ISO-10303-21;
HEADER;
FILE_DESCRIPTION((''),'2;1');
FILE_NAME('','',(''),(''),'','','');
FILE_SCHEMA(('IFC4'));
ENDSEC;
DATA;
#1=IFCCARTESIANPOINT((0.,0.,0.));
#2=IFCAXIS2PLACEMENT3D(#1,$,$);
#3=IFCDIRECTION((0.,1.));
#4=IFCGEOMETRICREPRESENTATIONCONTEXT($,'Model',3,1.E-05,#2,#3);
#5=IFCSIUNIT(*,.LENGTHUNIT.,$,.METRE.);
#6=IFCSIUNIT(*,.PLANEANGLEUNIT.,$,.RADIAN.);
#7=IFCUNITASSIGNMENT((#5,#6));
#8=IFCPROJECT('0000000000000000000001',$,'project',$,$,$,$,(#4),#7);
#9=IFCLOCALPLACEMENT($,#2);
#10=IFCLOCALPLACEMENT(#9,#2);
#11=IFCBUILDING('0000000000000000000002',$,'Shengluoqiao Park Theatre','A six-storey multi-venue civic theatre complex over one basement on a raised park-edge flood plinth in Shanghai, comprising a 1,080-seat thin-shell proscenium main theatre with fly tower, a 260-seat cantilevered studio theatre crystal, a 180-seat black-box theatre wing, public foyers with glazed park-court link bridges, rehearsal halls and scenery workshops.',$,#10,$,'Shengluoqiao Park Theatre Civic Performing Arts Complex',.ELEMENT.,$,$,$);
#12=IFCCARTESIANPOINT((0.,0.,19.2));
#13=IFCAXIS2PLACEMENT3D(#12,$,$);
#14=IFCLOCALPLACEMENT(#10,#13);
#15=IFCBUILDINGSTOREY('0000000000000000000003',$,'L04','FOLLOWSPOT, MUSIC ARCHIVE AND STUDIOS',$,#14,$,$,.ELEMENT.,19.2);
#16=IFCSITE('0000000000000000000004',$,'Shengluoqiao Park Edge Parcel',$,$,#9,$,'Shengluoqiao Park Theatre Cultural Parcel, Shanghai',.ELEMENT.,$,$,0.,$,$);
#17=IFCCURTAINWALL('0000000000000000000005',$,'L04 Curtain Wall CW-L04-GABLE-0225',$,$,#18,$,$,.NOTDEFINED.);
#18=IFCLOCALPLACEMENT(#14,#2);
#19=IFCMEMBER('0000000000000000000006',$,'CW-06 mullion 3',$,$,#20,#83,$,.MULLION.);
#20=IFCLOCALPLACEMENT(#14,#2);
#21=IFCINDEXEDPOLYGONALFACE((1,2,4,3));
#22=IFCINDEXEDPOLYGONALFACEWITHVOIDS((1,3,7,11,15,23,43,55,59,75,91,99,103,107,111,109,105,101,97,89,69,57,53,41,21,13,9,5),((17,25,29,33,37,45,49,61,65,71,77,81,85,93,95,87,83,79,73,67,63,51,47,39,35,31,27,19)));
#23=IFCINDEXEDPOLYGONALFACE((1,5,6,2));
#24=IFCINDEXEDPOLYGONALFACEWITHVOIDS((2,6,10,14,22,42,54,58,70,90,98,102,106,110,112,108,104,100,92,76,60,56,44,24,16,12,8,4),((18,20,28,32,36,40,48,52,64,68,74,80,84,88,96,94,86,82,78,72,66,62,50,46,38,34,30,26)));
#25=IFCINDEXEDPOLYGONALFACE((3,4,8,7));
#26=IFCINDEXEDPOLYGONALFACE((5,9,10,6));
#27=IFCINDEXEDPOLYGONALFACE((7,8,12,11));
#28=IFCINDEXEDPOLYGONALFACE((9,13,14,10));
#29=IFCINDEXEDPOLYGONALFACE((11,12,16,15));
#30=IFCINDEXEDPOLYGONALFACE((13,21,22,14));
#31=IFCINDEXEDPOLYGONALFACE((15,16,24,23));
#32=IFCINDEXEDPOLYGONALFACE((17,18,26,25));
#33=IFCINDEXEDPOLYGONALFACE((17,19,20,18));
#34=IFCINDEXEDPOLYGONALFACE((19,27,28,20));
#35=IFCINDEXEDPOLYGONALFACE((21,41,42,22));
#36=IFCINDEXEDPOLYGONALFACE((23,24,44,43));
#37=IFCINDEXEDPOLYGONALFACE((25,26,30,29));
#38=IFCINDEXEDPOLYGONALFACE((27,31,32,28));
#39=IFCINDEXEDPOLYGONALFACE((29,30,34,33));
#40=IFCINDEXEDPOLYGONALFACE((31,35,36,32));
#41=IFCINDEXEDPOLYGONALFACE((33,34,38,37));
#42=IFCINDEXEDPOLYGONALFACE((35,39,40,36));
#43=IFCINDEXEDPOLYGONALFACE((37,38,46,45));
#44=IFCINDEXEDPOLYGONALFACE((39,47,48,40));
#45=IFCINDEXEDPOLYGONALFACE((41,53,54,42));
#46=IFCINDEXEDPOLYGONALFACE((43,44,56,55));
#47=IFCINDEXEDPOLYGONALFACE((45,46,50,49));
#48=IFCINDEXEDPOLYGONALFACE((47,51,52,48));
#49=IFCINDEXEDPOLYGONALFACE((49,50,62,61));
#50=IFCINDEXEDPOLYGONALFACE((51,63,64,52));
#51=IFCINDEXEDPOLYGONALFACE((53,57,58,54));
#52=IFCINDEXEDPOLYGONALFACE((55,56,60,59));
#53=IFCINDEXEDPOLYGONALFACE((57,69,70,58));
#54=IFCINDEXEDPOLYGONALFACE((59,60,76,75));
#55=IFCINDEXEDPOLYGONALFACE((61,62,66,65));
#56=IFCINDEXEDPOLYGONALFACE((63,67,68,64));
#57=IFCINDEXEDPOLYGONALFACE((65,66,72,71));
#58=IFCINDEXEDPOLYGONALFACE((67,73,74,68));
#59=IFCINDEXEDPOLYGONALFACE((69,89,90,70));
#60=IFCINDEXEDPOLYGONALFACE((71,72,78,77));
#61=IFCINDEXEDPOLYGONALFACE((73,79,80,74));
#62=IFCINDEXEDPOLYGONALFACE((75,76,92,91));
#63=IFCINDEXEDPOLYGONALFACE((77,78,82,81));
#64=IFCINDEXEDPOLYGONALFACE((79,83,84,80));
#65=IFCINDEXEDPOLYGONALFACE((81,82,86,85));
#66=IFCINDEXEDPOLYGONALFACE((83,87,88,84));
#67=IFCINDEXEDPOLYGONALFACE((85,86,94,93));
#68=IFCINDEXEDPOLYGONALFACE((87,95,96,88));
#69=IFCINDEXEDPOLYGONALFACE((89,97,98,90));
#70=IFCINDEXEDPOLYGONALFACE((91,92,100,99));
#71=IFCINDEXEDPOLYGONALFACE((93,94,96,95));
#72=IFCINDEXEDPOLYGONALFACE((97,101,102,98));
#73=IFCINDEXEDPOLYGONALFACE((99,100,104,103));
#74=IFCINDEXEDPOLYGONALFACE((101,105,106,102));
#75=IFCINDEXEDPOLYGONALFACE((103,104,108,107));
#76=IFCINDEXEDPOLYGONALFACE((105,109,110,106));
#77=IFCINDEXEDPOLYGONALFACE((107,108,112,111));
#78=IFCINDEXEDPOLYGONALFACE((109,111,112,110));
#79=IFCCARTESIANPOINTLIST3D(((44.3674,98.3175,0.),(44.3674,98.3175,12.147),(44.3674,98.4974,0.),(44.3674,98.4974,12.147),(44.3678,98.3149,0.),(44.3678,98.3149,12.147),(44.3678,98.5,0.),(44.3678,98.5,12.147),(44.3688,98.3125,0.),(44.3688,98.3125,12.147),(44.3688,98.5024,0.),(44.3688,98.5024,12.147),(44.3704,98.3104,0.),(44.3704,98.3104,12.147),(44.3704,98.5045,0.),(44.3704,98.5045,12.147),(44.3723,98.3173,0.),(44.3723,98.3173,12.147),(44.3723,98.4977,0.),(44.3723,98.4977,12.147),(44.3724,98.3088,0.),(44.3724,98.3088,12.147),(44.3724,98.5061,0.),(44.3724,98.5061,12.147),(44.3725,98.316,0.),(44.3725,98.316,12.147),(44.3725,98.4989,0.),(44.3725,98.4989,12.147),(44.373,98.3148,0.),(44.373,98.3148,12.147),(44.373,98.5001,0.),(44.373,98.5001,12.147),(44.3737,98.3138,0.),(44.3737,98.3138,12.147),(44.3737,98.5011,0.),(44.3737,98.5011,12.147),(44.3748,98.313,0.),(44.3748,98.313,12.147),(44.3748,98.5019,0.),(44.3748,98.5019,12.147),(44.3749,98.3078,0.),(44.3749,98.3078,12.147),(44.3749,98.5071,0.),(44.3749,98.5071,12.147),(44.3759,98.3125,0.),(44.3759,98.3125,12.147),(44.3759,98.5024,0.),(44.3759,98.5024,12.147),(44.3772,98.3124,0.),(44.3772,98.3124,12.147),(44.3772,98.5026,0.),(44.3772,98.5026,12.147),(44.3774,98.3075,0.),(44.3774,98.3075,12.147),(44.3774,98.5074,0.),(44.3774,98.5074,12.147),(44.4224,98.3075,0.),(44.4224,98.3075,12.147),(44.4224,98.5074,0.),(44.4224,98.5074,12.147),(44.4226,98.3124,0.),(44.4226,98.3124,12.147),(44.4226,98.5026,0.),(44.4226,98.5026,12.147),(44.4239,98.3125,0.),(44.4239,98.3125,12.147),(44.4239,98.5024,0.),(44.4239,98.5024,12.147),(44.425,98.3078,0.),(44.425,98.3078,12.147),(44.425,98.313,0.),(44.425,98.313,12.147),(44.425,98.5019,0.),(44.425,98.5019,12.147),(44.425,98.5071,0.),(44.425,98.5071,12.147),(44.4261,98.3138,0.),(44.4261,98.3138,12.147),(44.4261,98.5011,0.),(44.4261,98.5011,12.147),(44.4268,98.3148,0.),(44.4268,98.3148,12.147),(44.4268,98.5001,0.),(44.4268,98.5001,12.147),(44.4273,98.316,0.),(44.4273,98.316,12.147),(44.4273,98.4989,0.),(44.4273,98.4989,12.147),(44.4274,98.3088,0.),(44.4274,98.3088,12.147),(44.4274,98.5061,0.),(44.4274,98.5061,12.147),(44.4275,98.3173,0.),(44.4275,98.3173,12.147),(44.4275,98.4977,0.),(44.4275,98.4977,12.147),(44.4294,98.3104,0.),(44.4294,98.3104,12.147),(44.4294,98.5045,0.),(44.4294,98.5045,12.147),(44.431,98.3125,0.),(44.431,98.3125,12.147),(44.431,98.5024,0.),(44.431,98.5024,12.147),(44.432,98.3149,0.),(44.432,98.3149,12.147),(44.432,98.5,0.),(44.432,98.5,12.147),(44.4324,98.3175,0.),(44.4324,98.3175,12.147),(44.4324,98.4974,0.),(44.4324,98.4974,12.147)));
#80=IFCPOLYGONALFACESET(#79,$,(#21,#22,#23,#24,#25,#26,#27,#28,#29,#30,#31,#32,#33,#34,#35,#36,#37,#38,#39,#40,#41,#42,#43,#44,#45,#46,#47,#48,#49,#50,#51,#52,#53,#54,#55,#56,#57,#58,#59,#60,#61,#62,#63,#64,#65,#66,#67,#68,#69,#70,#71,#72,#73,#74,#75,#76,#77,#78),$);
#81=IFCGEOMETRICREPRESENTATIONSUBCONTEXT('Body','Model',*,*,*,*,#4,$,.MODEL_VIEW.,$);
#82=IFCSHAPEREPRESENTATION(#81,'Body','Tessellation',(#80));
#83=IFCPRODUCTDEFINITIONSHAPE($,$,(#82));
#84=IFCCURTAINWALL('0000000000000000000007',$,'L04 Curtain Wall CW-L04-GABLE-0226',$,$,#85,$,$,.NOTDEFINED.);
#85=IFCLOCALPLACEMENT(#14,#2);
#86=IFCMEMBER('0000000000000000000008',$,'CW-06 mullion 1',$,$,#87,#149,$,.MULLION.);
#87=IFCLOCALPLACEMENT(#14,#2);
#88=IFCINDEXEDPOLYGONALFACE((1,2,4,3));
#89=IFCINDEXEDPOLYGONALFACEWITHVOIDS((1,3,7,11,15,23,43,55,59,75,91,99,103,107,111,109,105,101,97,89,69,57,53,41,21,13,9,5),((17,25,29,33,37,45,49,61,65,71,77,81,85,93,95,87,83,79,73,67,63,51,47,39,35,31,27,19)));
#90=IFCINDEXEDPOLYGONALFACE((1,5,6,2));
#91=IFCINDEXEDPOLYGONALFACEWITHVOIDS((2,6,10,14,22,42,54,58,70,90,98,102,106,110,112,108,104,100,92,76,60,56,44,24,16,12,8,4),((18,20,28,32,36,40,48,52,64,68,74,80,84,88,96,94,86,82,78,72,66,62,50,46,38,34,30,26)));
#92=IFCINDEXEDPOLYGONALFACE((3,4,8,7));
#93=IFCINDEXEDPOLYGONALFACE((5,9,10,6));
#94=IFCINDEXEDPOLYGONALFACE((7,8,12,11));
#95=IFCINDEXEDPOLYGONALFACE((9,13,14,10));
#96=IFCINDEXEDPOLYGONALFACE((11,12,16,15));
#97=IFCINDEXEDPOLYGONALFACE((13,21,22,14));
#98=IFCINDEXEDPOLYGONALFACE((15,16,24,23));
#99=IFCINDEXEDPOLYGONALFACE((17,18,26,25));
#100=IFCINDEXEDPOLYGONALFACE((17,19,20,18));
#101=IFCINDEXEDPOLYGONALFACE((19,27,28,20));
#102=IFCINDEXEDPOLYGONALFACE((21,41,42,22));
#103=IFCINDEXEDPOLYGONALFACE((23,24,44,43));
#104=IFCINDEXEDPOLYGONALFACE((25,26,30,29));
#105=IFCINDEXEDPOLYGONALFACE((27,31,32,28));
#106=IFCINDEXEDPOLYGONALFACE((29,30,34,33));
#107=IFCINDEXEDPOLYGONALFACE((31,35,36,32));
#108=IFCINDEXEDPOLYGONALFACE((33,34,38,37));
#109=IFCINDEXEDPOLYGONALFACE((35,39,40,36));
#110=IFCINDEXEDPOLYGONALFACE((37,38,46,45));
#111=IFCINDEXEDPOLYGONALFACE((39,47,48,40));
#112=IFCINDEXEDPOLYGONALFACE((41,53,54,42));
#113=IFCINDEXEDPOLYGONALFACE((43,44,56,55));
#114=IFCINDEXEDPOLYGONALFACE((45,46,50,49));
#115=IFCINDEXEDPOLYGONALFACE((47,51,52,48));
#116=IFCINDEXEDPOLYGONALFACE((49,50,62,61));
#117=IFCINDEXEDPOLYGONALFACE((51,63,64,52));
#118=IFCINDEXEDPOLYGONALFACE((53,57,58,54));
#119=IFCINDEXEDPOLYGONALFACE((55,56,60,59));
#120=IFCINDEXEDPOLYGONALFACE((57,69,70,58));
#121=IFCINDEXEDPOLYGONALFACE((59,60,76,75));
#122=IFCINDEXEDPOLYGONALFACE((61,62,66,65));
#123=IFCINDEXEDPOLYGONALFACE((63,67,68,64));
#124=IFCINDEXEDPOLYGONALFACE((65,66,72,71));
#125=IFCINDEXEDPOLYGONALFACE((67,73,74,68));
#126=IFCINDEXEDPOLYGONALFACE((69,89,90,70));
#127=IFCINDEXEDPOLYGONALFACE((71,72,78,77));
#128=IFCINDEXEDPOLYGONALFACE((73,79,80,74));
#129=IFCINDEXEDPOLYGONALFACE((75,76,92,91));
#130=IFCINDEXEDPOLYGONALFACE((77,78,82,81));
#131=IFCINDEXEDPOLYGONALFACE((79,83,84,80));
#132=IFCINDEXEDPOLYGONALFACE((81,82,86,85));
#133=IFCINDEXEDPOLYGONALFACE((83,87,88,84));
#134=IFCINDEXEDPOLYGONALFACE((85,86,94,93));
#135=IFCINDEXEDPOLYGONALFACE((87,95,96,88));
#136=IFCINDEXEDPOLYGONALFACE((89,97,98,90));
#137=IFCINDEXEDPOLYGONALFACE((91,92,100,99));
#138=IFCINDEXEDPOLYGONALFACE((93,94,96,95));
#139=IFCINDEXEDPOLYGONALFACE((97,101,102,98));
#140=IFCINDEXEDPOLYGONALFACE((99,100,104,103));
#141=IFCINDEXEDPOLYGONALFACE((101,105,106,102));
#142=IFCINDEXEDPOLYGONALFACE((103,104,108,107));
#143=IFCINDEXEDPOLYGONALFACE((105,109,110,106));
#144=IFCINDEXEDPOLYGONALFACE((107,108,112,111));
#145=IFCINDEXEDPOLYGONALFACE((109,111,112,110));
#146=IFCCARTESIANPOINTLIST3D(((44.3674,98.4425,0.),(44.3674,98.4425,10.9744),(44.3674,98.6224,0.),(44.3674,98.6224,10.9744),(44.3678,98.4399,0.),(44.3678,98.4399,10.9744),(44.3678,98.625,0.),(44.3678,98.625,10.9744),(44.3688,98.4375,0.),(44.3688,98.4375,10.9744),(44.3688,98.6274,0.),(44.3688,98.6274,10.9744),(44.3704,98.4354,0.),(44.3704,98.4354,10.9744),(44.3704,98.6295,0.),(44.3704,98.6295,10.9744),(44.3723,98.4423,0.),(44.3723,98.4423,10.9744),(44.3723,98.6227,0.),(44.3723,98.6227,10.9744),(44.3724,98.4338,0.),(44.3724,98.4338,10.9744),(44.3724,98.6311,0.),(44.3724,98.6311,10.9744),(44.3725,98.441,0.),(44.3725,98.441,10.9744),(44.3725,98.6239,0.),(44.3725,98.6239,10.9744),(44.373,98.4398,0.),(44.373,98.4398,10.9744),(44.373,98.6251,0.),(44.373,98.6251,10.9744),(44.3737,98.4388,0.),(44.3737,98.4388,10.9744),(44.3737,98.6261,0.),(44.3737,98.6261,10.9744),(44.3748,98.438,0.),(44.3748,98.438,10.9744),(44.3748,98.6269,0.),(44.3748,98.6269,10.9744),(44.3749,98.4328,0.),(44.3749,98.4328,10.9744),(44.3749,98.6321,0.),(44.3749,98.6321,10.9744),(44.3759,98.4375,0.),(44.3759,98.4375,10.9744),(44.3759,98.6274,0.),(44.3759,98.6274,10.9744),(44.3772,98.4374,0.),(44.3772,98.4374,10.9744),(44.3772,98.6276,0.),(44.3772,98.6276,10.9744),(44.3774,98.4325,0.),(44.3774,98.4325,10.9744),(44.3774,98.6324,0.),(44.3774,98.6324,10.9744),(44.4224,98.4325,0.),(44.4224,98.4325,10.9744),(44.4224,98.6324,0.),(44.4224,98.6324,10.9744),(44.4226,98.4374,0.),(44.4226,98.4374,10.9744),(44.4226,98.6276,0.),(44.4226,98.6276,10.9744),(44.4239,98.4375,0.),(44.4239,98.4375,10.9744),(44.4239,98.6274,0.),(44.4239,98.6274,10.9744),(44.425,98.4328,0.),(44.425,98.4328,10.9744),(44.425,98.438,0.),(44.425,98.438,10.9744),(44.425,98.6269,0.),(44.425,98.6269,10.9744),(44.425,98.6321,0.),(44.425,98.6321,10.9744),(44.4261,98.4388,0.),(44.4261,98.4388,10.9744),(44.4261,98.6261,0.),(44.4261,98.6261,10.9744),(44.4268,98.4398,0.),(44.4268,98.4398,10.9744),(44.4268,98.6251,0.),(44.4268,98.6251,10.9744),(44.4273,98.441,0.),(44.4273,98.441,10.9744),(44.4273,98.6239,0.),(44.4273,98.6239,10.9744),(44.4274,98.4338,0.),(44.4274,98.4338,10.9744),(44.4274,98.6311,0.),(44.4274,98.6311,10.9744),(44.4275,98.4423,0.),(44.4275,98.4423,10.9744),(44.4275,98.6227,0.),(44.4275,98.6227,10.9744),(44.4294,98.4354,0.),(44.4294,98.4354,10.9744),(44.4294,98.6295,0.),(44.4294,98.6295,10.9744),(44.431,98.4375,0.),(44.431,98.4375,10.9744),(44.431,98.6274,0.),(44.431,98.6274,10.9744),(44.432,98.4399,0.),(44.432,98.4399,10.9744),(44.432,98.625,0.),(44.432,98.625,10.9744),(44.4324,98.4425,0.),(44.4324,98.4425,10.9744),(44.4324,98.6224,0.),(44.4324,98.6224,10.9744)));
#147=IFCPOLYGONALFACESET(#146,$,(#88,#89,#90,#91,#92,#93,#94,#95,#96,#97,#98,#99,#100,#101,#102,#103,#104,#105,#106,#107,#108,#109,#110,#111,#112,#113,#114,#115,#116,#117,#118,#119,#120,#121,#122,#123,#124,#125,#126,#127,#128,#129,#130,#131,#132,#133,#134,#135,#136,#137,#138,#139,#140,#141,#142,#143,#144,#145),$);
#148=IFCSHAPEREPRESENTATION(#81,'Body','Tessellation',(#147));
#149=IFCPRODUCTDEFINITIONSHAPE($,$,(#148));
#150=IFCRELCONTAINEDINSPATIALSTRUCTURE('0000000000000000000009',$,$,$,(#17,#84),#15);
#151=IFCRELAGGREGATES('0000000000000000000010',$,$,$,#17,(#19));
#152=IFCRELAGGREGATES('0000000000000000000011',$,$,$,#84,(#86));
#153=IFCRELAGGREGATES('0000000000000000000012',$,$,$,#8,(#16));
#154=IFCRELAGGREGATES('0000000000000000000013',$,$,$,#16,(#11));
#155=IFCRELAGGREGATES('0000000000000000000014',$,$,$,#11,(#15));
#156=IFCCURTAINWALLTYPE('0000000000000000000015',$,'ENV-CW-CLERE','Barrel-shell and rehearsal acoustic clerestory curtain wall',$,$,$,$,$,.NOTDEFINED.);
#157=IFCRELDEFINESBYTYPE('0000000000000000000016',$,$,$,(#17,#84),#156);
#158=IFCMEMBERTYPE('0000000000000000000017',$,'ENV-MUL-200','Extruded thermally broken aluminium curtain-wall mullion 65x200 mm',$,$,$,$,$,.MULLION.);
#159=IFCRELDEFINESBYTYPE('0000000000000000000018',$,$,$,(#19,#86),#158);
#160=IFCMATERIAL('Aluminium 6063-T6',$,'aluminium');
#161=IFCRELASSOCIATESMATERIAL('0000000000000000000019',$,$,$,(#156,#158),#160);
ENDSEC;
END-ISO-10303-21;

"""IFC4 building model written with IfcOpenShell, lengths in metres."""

from ifc_helpers import new_model, si_unit, direction, frame, origin, origin_2d, place, context, subcontext, project, spatial, hollow_rectangle, extrude, material, material_profile, profile_set, type_object, element, aggregate, save


model = new_model("IFC4")

# Units and contexts
model_context = context("Model", 3, precision=1e-05, world=origin(), true_north=direction((0.0, 1.0)))
body_context = subcontext(model_context, "Body", "Model", "MODEL_VIEW")
ifc_project = project(units=[si_unit("LENGTHUNIT", "METRE"), si_unit("PLANEANGLEUNIT", "RADIAN")], contexts=[model_context])

# Site, building, storey
site_placement = place(None, origin())
site = spatial("IfcSite", under=ifc_project, at=site_placement, Name="Shengluoqiao Park Edge Parcel", LongName="Shengluoqiao Park Theatre Cultural Parcel, Shanghai", CompositionType="ELEMENT", RefElevation=0.0)
building_placement = place(site_placement, origin())
building = spatial("IfcBuilding", under=site, at=building_placement, Name="Shengluoqiao Park Theatre", Description="A six-storey multi-venue civic theatre complex over one basement on a raised park-edge flood plinth in Shanghai, comprising a 1,080-seat thin-shell proscenium main theatre with fly tower, a 260-seat cantilevered studio theatre crystal, a 180-seat black-box theatre wing, public foyers with glazed park-court link bridges, rehearsal halls and scenery workshops.", LongName="Shengluoqiao Park Theatre Civic Performing Arts Complex", CompositionType="ELEMENT")
storey_placement = place(building_placement, frame((0.0, 0.0, 19.2)))
storey = spatial("IfcBuildingStorey", under=building, at=storey_placement, Name="L04", Description="FOLLOWSPOT, MUSIC ARCHIVE AND STUDIOS", CompositionType="ELEMENT", Elevation=19.2)

# Curtain wall, member
ifc_material_1 = material(Name="Aluminium 6063-T6", Category="aluminium")
curtain_wall_type = type_object("IfcCurtainWallType", Name="ENV-CW-CLERE", Description="Barrel-shell and rehearsal acoustic clerestory curtain wall", PredefinedType="NOTDEFINED", material=ifc_material_1)
curtain_wall_1_placement = place(storey_placement, origin())
curtain_wall_1 = element("IfcCurtainWall", 1, at=curtain_wall_1_placement, inside=storey, type_object=curtain_wall_type, Name="L04 Curtain Wall CW-L04-GABLE-0225", PredefinedType="NOTDEFINED")
ifc_material_profile_1 = material_profile(ifc_material_1, hollow_rectangle(XDim=0.0649, YDim=0.2, WallThickness=0.0049, InnerFilletRadius=0.0049, OuterFilletRadius=0.01, at=origin_2d()), Name="ALU MULLION 200x65x5")
ifc_profile_set_1 = profile_set([ifc_material_profile_1], Name="Aluminium 6063-T6")
member_type_1 = type_object("IfcMemberType", Name="ENV-MUL-200", Description="Extruded thermally broken aluminium curtain-wall mullion 65x200 mm", PredefinedType="MULLION", material=ifc_profile_set_1)
member_1_placement = place(storey_placement, frame((44.3999, 98.4075, 0.0), z_axis=(0.0, 0.0, 1.0), x_axis=(-1.0, 0.0, 0.0)))
member_1 = element("IfcMember", 2, at=member_1_placement, type_object=member_type_1, Name="CW-06 mullion 3", PredefinedType="MULLION", context=body_context, shape_type="SweptSolid", body=[
    extrude(hollow_rectangle(XDim=0.0649, YDim=0.2, WallThickness=0.0049, InnerFilletRadius=0.0049, OuterFilletRadius=0.01, at=origin_2d()), origin(), (0.0, 0.0, 1.0), 12.147),
])

# Curtain wall, member
curtain_wall_2_placement = place(storey_placement, origin())
curtain_wall_2 = element("IfcCurtainWall", 3, at=curtain_wall_2_placement, inside=storey, type_object=curtain_wall_type, Name="L04 Curtain Wall CW-L04-GABLE-0226", PredefinedType="NOTDEFINED")
member_2_placement = place(storey_placement, frame((44.3999, 98.5325, 0.0), z_axis=(0.0, 0.0, 1.0), x_axis=(-1.0, 0.0, 0.0)))
member_2 = element("IfcMember", 4, at=member_2_placement, type_object=member_type_1, Name="CW-06 mullion 1", PredefinedType="MULLION", context=body_context, shape_type="SweptSolid", body=[
    extrude(hollow_rectangle(XDim=0.0649, YDim=0.2, WallThickness=0.0049, InnerFilletRadius=0.0049, OuterFilletRadius=0.01, at=origin_2d()), origin(), (0.0, 0.0, 1.0), 10.9744),
])

aggregate(curtain_wall_1, [member_1])
aggregate(curtain_wall_2, [member_2])

save(model, "model.ifc")
